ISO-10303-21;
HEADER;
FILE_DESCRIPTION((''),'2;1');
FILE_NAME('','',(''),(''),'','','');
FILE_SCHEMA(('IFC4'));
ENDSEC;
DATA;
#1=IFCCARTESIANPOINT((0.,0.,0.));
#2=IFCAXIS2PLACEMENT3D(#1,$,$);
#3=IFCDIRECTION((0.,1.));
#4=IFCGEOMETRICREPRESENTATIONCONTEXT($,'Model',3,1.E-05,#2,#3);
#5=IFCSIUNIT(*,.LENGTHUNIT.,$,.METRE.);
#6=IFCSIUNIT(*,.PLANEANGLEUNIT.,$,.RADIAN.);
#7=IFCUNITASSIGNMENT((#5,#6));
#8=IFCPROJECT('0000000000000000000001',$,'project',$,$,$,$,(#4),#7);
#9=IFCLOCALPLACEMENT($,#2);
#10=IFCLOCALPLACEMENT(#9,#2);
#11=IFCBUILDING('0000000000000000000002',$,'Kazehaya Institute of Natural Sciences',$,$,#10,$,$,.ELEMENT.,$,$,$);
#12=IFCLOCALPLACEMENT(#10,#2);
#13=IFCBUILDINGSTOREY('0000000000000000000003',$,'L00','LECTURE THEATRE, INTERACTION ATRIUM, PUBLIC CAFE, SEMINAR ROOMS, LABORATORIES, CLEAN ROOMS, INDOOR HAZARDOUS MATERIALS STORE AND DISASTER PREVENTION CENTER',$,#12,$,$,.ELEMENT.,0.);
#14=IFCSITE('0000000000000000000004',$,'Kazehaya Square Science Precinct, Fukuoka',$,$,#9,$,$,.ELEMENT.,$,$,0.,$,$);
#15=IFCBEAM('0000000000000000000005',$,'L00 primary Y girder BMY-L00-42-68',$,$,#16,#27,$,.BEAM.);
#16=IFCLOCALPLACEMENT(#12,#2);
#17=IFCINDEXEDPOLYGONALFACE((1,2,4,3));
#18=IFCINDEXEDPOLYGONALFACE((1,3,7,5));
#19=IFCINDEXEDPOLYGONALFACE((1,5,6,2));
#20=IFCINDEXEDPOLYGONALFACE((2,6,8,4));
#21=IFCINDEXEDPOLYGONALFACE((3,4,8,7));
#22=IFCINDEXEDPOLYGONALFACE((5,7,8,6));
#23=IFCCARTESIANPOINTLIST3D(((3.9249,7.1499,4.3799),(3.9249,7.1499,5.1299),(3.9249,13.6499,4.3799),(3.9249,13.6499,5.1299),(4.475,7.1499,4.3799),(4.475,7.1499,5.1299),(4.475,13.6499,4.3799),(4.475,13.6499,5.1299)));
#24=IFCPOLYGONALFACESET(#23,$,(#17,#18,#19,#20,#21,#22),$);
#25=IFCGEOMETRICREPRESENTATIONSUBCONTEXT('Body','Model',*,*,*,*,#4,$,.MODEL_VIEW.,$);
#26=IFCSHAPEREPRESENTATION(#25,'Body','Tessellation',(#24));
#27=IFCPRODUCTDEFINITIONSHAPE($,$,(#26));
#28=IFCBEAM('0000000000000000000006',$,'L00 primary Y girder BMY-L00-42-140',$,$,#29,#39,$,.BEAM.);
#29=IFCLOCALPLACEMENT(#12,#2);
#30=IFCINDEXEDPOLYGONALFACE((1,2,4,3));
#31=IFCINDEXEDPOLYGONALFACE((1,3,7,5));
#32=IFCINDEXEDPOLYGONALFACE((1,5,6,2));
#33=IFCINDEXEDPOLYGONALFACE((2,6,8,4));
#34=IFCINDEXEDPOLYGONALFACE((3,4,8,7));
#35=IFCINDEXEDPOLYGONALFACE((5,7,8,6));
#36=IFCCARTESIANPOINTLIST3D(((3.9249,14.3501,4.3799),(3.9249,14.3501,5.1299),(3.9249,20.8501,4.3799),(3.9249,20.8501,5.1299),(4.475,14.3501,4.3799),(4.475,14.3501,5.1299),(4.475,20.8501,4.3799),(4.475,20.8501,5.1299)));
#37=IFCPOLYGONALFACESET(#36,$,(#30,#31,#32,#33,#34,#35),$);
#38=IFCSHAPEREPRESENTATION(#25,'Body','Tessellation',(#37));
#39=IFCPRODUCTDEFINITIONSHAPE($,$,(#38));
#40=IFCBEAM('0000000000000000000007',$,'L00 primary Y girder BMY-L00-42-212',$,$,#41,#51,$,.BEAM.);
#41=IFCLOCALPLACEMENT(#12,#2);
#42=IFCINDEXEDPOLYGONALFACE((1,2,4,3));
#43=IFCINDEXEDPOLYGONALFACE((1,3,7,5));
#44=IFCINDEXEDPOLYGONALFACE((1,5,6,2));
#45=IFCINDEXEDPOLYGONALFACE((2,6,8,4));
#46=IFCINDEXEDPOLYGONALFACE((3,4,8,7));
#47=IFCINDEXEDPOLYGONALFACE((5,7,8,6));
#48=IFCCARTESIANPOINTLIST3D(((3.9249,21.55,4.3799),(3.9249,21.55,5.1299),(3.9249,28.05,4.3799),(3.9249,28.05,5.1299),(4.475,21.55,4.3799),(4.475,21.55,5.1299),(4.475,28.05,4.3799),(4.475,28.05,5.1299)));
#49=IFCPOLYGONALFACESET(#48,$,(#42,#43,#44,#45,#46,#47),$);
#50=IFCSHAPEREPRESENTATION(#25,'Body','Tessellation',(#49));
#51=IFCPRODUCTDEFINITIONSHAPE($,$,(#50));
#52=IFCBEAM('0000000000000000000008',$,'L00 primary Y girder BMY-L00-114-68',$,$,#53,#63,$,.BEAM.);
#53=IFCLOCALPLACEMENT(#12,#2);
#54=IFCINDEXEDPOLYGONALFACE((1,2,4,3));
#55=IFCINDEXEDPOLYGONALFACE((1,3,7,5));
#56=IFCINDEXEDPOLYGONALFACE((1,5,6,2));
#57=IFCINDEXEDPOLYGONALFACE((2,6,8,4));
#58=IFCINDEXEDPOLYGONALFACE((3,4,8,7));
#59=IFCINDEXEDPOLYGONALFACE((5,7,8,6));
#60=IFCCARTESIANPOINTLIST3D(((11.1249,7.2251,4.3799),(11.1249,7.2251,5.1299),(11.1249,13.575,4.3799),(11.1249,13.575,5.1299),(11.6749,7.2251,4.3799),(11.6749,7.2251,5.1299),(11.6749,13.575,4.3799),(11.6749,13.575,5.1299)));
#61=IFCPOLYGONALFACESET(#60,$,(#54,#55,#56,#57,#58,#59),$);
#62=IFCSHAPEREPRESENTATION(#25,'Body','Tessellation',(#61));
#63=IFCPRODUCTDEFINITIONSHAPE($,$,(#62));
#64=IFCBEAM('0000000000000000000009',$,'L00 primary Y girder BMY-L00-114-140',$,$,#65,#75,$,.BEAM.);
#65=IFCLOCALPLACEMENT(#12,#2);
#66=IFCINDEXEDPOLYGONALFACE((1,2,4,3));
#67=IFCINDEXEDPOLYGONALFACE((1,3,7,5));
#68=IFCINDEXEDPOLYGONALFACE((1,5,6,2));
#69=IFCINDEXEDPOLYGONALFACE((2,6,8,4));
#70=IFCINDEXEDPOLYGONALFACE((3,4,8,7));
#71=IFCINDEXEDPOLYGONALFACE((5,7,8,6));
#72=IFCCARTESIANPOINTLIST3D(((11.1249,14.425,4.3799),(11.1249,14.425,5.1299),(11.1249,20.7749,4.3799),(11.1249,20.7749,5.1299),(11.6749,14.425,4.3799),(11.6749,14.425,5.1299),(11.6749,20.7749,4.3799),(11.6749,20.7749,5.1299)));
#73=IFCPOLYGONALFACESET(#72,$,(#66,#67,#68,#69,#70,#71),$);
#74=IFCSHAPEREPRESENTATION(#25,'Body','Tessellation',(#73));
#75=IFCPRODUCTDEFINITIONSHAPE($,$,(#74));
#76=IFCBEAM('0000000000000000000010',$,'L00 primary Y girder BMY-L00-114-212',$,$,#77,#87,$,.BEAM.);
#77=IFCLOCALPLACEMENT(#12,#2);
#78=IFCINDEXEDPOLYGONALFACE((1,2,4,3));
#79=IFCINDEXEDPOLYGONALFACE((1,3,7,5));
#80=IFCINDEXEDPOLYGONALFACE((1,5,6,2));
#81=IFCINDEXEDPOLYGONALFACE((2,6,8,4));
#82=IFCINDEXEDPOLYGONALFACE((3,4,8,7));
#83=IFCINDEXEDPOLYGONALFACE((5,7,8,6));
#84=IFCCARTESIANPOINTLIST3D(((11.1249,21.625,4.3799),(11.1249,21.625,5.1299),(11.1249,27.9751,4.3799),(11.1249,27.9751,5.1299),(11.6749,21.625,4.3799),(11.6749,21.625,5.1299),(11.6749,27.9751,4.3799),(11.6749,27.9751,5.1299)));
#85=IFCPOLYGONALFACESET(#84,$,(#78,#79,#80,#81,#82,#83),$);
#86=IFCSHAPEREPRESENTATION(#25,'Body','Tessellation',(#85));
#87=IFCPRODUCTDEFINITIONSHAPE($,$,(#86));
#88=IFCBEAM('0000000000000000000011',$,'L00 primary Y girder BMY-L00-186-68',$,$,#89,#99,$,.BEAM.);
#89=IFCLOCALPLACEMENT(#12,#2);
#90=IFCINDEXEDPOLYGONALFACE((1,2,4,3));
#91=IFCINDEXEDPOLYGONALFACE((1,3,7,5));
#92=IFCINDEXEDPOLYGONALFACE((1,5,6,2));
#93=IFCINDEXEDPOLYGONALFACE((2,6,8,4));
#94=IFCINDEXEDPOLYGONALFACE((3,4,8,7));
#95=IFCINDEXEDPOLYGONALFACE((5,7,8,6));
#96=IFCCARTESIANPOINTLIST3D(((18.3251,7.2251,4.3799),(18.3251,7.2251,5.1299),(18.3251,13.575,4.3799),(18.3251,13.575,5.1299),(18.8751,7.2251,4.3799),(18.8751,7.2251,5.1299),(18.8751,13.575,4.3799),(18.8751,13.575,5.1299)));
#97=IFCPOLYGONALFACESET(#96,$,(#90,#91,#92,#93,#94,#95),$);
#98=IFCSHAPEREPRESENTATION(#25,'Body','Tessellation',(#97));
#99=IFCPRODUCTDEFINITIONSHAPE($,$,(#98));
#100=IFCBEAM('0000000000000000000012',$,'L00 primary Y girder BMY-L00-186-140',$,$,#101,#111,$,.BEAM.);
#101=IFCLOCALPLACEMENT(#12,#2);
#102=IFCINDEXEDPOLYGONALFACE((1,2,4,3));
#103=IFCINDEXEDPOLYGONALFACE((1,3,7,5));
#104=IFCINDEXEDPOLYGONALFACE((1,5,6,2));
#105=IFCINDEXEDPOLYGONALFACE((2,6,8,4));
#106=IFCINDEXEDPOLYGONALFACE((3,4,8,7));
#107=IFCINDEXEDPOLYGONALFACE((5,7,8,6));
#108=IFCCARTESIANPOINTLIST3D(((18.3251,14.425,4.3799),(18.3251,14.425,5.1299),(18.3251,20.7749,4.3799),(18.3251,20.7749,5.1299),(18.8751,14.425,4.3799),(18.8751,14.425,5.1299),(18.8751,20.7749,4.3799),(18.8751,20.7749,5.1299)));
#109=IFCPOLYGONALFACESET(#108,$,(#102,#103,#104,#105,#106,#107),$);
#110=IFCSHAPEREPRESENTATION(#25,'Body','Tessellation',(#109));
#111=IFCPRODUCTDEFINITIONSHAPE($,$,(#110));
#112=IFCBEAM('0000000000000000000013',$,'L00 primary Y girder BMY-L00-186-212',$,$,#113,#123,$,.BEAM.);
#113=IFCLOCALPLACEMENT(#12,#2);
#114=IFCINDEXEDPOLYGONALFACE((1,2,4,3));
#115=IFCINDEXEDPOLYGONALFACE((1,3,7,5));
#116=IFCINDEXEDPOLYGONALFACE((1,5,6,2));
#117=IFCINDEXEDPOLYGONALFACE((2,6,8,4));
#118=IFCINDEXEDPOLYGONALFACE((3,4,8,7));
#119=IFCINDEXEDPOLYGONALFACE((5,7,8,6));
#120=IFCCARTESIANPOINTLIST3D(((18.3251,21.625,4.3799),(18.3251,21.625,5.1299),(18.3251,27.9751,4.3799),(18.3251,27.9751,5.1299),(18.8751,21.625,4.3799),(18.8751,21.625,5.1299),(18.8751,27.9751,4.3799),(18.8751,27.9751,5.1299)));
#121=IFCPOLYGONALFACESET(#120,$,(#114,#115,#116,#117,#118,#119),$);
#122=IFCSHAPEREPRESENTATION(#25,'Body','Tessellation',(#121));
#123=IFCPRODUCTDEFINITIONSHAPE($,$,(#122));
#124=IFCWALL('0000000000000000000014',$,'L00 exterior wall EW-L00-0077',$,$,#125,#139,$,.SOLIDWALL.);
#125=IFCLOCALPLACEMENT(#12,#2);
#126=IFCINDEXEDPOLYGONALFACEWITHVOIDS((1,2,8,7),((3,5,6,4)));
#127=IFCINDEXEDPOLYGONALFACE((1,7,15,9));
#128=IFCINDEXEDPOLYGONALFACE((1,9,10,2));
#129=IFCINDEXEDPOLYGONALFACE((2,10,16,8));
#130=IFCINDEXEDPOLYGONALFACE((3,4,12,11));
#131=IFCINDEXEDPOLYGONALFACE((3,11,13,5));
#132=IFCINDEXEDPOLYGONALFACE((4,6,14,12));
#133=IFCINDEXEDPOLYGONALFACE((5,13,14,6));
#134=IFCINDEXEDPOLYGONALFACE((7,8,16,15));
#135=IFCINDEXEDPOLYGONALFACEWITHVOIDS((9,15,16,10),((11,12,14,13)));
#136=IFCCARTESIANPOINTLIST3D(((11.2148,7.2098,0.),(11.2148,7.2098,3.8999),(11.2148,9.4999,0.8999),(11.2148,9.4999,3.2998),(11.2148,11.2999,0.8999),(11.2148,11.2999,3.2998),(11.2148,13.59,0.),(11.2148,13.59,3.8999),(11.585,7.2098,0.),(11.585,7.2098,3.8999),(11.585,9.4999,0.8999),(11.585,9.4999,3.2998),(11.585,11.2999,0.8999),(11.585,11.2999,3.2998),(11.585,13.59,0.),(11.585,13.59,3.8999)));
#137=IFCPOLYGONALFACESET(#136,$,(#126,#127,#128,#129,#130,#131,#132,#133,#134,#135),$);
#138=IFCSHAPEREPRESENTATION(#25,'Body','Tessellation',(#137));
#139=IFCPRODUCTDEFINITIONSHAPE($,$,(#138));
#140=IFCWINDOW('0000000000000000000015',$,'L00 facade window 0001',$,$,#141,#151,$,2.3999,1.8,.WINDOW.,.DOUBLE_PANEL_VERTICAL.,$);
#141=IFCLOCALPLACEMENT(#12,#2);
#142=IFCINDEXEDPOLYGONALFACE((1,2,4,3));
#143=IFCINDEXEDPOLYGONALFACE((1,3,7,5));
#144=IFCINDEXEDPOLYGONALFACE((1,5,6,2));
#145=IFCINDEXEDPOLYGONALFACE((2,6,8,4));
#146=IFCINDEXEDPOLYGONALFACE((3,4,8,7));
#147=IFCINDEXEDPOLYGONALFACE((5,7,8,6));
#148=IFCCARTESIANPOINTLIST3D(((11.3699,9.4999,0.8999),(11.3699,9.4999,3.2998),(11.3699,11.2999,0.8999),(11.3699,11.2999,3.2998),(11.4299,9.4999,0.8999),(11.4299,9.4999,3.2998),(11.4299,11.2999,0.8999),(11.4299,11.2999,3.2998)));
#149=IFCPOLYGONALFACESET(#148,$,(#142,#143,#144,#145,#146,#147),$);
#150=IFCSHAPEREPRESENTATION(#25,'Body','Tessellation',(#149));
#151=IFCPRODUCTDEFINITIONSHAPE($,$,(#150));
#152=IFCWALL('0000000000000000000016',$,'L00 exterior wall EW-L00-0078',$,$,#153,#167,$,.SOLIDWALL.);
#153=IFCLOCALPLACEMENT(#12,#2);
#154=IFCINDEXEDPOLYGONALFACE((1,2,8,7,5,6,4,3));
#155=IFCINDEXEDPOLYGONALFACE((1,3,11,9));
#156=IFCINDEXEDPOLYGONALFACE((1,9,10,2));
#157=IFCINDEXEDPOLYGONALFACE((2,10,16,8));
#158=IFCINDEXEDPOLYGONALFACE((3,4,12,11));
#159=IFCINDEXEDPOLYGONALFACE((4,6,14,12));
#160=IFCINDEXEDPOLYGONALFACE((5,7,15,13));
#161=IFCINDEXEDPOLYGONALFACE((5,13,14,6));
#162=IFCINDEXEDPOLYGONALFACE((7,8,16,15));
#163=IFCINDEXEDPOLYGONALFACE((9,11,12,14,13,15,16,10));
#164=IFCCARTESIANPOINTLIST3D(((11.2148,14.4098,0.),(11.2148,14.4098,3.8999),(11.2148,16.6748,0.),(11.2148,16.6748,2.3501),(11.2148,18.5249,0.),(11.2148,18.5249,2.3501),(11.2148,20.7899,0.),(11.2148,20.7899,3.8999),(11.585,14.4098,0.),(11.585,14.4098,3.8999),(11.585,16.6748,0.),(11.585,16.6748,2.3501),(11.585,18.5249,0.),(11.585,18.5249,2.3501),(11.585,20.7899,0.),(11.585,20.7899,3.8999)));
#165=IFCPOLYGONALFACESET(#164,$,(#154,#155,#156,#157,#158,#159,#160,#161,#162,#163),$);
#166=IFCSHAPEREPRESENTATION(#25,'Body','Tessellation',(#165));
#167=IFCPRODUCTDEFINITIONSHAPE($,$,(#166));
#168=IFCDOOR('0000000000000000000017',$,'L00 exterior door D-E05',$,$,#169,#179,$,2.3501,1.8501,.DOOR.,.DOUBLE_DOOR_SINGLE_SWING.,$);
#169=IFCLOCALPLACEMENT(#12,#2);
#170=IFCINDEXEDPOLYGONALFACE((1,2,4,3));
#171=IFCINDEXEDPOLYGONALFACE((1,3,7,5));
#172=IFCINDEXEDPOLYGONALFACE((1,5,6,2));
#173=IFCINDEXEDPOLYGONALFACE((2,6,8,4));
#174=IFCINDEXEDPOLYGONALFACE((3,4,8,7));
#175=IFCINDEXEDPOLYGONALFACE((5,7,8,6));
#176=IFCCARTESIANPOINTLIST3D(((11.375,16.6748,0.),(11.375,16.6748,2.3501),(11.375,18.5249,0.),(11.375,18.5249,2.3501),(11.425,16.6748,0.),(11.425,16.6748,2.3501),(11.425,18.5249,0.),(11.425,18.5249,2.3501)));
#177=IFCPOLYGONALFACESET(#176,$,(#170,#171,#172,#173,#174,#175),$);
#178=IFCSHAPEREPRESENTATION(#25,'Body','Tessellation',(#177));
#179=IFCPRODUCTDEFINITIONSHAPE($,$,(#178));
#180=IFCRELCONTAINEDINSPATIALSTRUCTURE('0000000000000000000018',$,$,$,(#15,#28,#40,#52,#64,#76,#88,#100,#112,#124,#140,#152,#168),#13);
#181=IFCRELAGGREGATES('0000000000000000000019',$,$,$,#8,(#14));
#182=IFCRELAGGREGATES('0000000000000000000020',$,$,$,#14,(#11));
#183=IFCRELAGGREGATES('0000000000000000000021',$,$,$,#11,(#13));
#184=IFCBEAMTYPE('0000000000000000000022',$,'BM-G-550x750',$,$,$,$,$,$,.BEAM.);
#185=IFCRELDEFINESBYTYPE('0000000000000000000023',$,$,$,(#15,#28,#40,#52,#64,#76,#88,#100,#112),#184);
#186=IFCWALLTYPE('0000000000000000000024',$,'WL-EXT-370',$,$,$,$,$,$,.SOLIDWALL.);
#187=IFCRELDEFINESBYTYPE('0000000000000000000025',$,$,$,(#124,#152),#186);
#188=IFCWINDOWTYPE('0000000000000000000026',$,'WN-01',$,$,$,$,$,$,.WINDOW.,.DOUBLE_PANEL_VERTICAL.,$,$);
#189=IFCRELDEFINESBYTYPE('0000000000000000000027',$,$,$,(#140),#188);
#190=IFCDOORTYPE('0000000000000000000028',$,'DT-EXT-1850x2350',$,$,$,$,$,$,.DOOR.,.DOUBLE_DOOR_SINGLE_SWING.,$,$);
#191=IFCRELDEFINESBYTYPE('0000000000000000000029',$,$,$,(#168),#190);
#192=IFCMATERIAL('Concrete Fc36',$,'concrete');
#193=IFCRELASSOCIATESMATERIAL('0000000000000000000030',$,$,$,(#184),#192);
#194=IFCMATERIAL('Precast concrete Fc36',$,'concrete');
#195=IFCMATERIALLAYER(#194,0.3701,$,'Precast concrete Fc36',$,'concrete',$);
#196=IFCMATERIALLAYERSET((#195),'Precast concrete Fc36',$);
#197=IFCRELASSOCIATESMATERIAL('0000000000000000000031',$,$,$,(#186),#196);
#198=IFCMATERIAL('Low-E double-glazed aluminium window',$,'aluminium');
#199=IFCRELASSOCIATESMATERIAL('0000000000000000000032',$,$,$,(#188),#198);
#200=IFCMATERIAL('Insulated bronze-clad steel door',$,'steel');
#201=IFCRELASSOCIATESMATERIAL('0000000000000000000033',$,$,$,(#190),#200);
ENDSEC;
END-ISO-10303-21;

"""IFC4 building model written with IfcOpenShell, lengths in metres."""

from ifc_helpers import new_model, si_unit, direction, frame, frame_2d, origin, origin_2d, place, context, subcontext, project, spatial, rectangle, extrude, material, layer, layer_set, material_profile, profile_set, type_object, element, fill, save


model = new_model("IFC4")

# Units and contexts
model_context = context("Model", 3, precision=1e-05, world=origin(), true_north=direction((0.0, 1.0)))
body_context = subcontext(model_context, "Body", "Model", "MODEL_VIEW")
ifc_project = project(units=[si_unit("LENGTHUNIT", "METRE"), si_unit("PLANEANGLEUNIT", "RADIAN")], contexts=[model_context])

# Site, building, storey
site_placement = place(None, origin())
site = spatial("IfcSite", under=ifc_project, at=site_placement, Name="Kazehaya Square Science Precinct, Fukuoka", CompositionType="ELEMENT", RefElevation=0.0)
building_placement = place(site_placement, origin())
building = spatial("IfcBuilding", under=site, at=building_placement, Name="Kazehaya Institute of Natural Sciences", CompositionType="ELEMENT")
storey_placement = place(building_placement, origin())
storey = spatial("IfcBuildingStorey", under=building, at=storey_placement, Name="L00", Description="LECTURE THEATRE, INTERACTION ATRIUM, PUBLIC CAFE, SEMINAR ROOMS, LABORATORIES, CLEAN ROOMS, INDOOR HAZARDOUS MATERIALS STORE AND DISASTER PREVENTION CENTER", CompositionType="ELEMENT", Elevation=0.0)

# Shared definitions
ifc_material_1 = material(Name="Concrete Fc36", Category="concrete")

# Beams
ifc_material_profile_1 = material_profile(ifc_material_1, rectangle(XDim=0.55, YDim=0.75, at=origin_2d()), Name="RC-550x750")
ifc_profile_set_1 = profile_set([ifc_material_profile_1], Name="Concrete Fc36")
beam_type = type_object("IfcBeamType", Name="BM-G-550x750", PredefinedType="BEAM", material=ifc_profile_set_1)
for number, where, z_axis, x_axis, name in (
    (1, (4.2, 7.1499, 4.7549), (0.0, 1.0, 0.0), (-1.0, 0.0, 0.0), "L00 primary Y girder BMY-L00-42-68"),
    (2, (4.2, 14.3501, 4.7549), (0.0, 1.0, 0.0), (-1.0, 0.0, 0.0), "L00 primary Y girder BMY-L00-42-140"),
    (3, (4.2, 21.55, 4.7549), (0.0, 1.0, 0.0), (-1.0, 0.0, 0.0), "L00 primary Y girder BMY-L00-42-212"),
):
    element("IfcBeam", number, at=place(storey_placement, frame(where, z_axis=z_axis, x_axis=x_axis)), inside=storey, type_object=beam_type, Name=name, PredefinedType="BEAM", context=body_context, shape_type="SweptSolid", body=[
        extrude(rectangle(XDim=0.55, YDim=0.75, at=origin_2d()), origin(), (0.0, 0.0, 1.0), 6.5),
    ])
for number, where, z_axis, x_axis, name in (
    (4, (11.3999, 7.2251, 4.7549), (0.0, 1.0, 0.0), (-1.0, 0.0, 0.0), "L00 primary Y girder BMY-L00-114-68"),
    (5, (11.3999, 14.425, 4.7549), (0.0, 1.0, 0.0), (-1.0, 0.0, 0.0), "L00 primary Y girder BMY-L00-114-140"),
):
    element("IfcBeam", number, at=place(storey_placement, frame(where, z_axis=z_axis, x_axis=x_axis)), inside=storey, type_object=beam_type, Name=name, PredefinedType="BEAM", context=body_context, shape_type="SweptSolid", body=[
        extrude(rectangle(XDim=0.55, YDim=0.75, at=origin_2d()), origin(), (0.0, 0.0, 1.0), 6.3499),
    ])
beam_1_placement = place(storey_placement, frame((11.3999, 21.625, 4.7549), z_axis=(0.0, 1.0, 0.0), x_axis=(-1.0, 0.0, 0.0)))
element("IfcBeam", 6, at=beam_1_placement, inside=storey, type_object=beam_type, Name="L00 primary Y girder BMY-L00-114-212", PredefinedType="BEAM", context=body_context, shape_type="SweptSolid", body=[
    extrude(rectangle(XDim=0.55, YDim=0.75, at=origin_2d()), origin(), (0.0, 0.0, 1.0), 6.3501),
])
for number, where, z_axis, x_axis, name in (
    (7, (18.6001, 7.2251, 4.7549), (0.0, 1.0, 0.0), (-1.0, 0.0, 0.0), "L00 primary Y girder BMY-L00-186-68"),
    (8, (18.6001, 14.425, 4.7549), (0.0, 1.0, 0.0), (-1.0, 0.0, 0.0), "L00 primary Y girder BMY-L00-186-140"),
):
    element("IfcBeam", number, at=place(storey_placement, frame(where, z_axis=z_axis, x_axis=x_axis)), inside=storey, type_object=beam_type, Name=name, PredefinedType="BEAM", context=body_context, shape_type="SweptSolid", body=[
        extrude(rectangle(XDim=0.55, YDim=0.75, at=origin_2d()), origin(), (0.0, 0.0, 1.0), 6.3499),
    ])
beam_2_placement = place(storey_placement, frame((18.6001, 21.625, 4.7549), z_axis=(0.0, 1.0, 0.0), x_axis=(-1.0, 0.0, 0.0)))
element("IfcBeam", 9, at=beam_2_placement, inside=storey, type_object=beam_type, Name="L00 primary Y girder BMY-L00-186-212", PredefinedType="BEAM", context=body_context, shape_type="SweptSolid", body=[
    extrude(rectangle(XDim=0.55, YDim=0.75, at=origin_2d()), origin(), (0.0, 0.0, 1.0), 6.3501),
])

# Wall, opening, window
ifc_material_2 = material(Name="Precast concrete Fc36", Category="concrete")
ifc_layer_1 = layer(ifc_material_2, 0.3701, Name="Precast concrete Fc36", Category="concrete")
ifc_layer_set_1 = layer_set([ifc_layer_1], Name="Precast concrete Fc36")
wall_type_1 = type_object("IfcWallType", Name="WL-EXT-370", PredefinedType="SOLIDWALL", material=ifc_layer_set_1)
wall_1_placement = place(storey_placement, frame((11.3999, 7.21, 0.0), z_axis=(0.0, 0.0, 1.0), x_axis=(0.0, 1.0, 0.0)))
wall_1 = element("IfcWall", 10, at=wall_1_placement, inside=storey, type_object=wall_type_1, Name="L00 exterior wall EW-L00-0077", PredefinedType="SOLIDWALL", context=body_context, shape_type="SweptSolid", body=[
    extrude(rectangle(XDim=6.3801, YDim=0.3701, at=frame_2d((3.1899, 0.0))), origin(), (0.0, 0.0, 1.0), 3.8999),
])
opening_1_placement = place(wall_1_placement, frame((2.29, 0.0, 0.8999)))
opening_1 = element("IfcOpeningElement", 11, at=opening_1_placement, cuts=wall_1, PredefinedType="OPENING", context=body_context, shape_type="SweptSolid", body=[
    extrude(rectangle(XDim=1.8, YDim=2.3999, at=frame_2d((0.8999, 1.2))), frame((0.0, 0.1951, 0.0), z_axis=(0.0, -1.0, 0.0), x_axis=(1.0, 0.0, 0.0)), (0.0, 0.0, 1.0), 0.3901),
])
ifc_material_3 = material(Name="Low-E double-glazed aluminium window", Category="aluminium")
window_type_1 = type_object("IfcWindowType", Name="WN-01", PartitioningType="DOUBLE_PANEL_VERTICAL", PredefinedType="WINDOW", material=ifc_material_3)
window_1_placement = place(opening_1_placement, origin())
window_1 = element("IfcWindow", 12, at=window_1_placement, inside=storey, type_object=window_type_1, Name="L00 facade window 0001", OverallHeight=2.3999, OverallWidth=1.8, PartitioningType="DOUBLE_PANEL_VERTICAL", PredefinedType="WINDOW", context=body_context, shape_type="SweptSolid", body=[
    extrude(rectangle(XDim=1.8, YDim=2.3999, at=frame_2d((0.8999, 1.2))), frame((0.0, 0.03, 0.0), z_axis=(0.0, -1.0, 0.0), x_axis=(1.0, 0.0, 0.0)), (0.0, 0.0, 1.0), 0.0601),
])
fill(opening_1, window_1)

# Wall, opening, door
wall_2_placement = place(storey_placement, frame((11.3999, 14.4099, 0.0), z_axis=(0.0, 0.0, 1.0), x_axis=(0.0, 1.0, 0.0)))
wall_2 = element("IfcWall", 13, at=wall_2_placement, inside=storey, type_object=wall_type_1, Name="L00 exterior wall EW-L00-0078", PredefinedType="SOLIDWALL", context=body_context, shape_type="SweptSolid", body=[
    extrude(rectangle(XDim=6.3801, YDim=0.3701, at=frame_2d((3.1899, 0.0))), origin(), (0.0, 0.0, 1.0), 3.8999),
])
opening_2_placement = place(wall_2_placement, frame((2.2649, 0.0, 0.0)))
opening_2 = element("IfcOpeningElement", 14, at=opening_2_placement, cuts=wall_2, PredefinedType="OPENING", context=body_context, shape_type="SweptSolid", body=[
    extrude(rectangle(XDim=1.8501, YDim=2.3501, at=frame_2d((0.925, 1.175))), frame((0.0, 0.1951, 0.0), z_axis=(0.0, -1.0, 0.0), x_axis=(1.0, 0.0, 0.0)), (0.0, 0.0, 1.0), 0.3901),
])
ifc_material_4 = material(Name="Insulated bronze-clad steel door", Category="steel")
door_type = type_object("IfcDoorType", Name="DT-EXT-1850x2350", OperationType="DOUBLE_DOOR_SINGLE_SWING", PredefinedType="DOOR", material=ifc_material_4)
door_placement = place(opening_2_placement, origin())
door = element("IfcDoor", 15, at=door_placement, inside=storey, type_object=door_type, Name="L00 exterior door D-E05", OperationType="DOUBLE_DOOR_SINGLE_SWING", OverallHeight=2.3501, OverallWidth=1.8501, PredefinedType="DOOR", context=body_context, shape_type="SweptSolid", body=[
    extrude(rectangle(XDim=1.8501, YDim=2.3501, at=frame_2d((0.925, 1.175))), frame((0.0, 0.0249, 0.0), z_axis=(0.0, -1.0, 0.0), x_axis=(1.0, 0.0, 0.0)), (0.0, 0.0, 1.0), 0.05),
])
fill(opening_2, door)

save(model, "model.ifc")
